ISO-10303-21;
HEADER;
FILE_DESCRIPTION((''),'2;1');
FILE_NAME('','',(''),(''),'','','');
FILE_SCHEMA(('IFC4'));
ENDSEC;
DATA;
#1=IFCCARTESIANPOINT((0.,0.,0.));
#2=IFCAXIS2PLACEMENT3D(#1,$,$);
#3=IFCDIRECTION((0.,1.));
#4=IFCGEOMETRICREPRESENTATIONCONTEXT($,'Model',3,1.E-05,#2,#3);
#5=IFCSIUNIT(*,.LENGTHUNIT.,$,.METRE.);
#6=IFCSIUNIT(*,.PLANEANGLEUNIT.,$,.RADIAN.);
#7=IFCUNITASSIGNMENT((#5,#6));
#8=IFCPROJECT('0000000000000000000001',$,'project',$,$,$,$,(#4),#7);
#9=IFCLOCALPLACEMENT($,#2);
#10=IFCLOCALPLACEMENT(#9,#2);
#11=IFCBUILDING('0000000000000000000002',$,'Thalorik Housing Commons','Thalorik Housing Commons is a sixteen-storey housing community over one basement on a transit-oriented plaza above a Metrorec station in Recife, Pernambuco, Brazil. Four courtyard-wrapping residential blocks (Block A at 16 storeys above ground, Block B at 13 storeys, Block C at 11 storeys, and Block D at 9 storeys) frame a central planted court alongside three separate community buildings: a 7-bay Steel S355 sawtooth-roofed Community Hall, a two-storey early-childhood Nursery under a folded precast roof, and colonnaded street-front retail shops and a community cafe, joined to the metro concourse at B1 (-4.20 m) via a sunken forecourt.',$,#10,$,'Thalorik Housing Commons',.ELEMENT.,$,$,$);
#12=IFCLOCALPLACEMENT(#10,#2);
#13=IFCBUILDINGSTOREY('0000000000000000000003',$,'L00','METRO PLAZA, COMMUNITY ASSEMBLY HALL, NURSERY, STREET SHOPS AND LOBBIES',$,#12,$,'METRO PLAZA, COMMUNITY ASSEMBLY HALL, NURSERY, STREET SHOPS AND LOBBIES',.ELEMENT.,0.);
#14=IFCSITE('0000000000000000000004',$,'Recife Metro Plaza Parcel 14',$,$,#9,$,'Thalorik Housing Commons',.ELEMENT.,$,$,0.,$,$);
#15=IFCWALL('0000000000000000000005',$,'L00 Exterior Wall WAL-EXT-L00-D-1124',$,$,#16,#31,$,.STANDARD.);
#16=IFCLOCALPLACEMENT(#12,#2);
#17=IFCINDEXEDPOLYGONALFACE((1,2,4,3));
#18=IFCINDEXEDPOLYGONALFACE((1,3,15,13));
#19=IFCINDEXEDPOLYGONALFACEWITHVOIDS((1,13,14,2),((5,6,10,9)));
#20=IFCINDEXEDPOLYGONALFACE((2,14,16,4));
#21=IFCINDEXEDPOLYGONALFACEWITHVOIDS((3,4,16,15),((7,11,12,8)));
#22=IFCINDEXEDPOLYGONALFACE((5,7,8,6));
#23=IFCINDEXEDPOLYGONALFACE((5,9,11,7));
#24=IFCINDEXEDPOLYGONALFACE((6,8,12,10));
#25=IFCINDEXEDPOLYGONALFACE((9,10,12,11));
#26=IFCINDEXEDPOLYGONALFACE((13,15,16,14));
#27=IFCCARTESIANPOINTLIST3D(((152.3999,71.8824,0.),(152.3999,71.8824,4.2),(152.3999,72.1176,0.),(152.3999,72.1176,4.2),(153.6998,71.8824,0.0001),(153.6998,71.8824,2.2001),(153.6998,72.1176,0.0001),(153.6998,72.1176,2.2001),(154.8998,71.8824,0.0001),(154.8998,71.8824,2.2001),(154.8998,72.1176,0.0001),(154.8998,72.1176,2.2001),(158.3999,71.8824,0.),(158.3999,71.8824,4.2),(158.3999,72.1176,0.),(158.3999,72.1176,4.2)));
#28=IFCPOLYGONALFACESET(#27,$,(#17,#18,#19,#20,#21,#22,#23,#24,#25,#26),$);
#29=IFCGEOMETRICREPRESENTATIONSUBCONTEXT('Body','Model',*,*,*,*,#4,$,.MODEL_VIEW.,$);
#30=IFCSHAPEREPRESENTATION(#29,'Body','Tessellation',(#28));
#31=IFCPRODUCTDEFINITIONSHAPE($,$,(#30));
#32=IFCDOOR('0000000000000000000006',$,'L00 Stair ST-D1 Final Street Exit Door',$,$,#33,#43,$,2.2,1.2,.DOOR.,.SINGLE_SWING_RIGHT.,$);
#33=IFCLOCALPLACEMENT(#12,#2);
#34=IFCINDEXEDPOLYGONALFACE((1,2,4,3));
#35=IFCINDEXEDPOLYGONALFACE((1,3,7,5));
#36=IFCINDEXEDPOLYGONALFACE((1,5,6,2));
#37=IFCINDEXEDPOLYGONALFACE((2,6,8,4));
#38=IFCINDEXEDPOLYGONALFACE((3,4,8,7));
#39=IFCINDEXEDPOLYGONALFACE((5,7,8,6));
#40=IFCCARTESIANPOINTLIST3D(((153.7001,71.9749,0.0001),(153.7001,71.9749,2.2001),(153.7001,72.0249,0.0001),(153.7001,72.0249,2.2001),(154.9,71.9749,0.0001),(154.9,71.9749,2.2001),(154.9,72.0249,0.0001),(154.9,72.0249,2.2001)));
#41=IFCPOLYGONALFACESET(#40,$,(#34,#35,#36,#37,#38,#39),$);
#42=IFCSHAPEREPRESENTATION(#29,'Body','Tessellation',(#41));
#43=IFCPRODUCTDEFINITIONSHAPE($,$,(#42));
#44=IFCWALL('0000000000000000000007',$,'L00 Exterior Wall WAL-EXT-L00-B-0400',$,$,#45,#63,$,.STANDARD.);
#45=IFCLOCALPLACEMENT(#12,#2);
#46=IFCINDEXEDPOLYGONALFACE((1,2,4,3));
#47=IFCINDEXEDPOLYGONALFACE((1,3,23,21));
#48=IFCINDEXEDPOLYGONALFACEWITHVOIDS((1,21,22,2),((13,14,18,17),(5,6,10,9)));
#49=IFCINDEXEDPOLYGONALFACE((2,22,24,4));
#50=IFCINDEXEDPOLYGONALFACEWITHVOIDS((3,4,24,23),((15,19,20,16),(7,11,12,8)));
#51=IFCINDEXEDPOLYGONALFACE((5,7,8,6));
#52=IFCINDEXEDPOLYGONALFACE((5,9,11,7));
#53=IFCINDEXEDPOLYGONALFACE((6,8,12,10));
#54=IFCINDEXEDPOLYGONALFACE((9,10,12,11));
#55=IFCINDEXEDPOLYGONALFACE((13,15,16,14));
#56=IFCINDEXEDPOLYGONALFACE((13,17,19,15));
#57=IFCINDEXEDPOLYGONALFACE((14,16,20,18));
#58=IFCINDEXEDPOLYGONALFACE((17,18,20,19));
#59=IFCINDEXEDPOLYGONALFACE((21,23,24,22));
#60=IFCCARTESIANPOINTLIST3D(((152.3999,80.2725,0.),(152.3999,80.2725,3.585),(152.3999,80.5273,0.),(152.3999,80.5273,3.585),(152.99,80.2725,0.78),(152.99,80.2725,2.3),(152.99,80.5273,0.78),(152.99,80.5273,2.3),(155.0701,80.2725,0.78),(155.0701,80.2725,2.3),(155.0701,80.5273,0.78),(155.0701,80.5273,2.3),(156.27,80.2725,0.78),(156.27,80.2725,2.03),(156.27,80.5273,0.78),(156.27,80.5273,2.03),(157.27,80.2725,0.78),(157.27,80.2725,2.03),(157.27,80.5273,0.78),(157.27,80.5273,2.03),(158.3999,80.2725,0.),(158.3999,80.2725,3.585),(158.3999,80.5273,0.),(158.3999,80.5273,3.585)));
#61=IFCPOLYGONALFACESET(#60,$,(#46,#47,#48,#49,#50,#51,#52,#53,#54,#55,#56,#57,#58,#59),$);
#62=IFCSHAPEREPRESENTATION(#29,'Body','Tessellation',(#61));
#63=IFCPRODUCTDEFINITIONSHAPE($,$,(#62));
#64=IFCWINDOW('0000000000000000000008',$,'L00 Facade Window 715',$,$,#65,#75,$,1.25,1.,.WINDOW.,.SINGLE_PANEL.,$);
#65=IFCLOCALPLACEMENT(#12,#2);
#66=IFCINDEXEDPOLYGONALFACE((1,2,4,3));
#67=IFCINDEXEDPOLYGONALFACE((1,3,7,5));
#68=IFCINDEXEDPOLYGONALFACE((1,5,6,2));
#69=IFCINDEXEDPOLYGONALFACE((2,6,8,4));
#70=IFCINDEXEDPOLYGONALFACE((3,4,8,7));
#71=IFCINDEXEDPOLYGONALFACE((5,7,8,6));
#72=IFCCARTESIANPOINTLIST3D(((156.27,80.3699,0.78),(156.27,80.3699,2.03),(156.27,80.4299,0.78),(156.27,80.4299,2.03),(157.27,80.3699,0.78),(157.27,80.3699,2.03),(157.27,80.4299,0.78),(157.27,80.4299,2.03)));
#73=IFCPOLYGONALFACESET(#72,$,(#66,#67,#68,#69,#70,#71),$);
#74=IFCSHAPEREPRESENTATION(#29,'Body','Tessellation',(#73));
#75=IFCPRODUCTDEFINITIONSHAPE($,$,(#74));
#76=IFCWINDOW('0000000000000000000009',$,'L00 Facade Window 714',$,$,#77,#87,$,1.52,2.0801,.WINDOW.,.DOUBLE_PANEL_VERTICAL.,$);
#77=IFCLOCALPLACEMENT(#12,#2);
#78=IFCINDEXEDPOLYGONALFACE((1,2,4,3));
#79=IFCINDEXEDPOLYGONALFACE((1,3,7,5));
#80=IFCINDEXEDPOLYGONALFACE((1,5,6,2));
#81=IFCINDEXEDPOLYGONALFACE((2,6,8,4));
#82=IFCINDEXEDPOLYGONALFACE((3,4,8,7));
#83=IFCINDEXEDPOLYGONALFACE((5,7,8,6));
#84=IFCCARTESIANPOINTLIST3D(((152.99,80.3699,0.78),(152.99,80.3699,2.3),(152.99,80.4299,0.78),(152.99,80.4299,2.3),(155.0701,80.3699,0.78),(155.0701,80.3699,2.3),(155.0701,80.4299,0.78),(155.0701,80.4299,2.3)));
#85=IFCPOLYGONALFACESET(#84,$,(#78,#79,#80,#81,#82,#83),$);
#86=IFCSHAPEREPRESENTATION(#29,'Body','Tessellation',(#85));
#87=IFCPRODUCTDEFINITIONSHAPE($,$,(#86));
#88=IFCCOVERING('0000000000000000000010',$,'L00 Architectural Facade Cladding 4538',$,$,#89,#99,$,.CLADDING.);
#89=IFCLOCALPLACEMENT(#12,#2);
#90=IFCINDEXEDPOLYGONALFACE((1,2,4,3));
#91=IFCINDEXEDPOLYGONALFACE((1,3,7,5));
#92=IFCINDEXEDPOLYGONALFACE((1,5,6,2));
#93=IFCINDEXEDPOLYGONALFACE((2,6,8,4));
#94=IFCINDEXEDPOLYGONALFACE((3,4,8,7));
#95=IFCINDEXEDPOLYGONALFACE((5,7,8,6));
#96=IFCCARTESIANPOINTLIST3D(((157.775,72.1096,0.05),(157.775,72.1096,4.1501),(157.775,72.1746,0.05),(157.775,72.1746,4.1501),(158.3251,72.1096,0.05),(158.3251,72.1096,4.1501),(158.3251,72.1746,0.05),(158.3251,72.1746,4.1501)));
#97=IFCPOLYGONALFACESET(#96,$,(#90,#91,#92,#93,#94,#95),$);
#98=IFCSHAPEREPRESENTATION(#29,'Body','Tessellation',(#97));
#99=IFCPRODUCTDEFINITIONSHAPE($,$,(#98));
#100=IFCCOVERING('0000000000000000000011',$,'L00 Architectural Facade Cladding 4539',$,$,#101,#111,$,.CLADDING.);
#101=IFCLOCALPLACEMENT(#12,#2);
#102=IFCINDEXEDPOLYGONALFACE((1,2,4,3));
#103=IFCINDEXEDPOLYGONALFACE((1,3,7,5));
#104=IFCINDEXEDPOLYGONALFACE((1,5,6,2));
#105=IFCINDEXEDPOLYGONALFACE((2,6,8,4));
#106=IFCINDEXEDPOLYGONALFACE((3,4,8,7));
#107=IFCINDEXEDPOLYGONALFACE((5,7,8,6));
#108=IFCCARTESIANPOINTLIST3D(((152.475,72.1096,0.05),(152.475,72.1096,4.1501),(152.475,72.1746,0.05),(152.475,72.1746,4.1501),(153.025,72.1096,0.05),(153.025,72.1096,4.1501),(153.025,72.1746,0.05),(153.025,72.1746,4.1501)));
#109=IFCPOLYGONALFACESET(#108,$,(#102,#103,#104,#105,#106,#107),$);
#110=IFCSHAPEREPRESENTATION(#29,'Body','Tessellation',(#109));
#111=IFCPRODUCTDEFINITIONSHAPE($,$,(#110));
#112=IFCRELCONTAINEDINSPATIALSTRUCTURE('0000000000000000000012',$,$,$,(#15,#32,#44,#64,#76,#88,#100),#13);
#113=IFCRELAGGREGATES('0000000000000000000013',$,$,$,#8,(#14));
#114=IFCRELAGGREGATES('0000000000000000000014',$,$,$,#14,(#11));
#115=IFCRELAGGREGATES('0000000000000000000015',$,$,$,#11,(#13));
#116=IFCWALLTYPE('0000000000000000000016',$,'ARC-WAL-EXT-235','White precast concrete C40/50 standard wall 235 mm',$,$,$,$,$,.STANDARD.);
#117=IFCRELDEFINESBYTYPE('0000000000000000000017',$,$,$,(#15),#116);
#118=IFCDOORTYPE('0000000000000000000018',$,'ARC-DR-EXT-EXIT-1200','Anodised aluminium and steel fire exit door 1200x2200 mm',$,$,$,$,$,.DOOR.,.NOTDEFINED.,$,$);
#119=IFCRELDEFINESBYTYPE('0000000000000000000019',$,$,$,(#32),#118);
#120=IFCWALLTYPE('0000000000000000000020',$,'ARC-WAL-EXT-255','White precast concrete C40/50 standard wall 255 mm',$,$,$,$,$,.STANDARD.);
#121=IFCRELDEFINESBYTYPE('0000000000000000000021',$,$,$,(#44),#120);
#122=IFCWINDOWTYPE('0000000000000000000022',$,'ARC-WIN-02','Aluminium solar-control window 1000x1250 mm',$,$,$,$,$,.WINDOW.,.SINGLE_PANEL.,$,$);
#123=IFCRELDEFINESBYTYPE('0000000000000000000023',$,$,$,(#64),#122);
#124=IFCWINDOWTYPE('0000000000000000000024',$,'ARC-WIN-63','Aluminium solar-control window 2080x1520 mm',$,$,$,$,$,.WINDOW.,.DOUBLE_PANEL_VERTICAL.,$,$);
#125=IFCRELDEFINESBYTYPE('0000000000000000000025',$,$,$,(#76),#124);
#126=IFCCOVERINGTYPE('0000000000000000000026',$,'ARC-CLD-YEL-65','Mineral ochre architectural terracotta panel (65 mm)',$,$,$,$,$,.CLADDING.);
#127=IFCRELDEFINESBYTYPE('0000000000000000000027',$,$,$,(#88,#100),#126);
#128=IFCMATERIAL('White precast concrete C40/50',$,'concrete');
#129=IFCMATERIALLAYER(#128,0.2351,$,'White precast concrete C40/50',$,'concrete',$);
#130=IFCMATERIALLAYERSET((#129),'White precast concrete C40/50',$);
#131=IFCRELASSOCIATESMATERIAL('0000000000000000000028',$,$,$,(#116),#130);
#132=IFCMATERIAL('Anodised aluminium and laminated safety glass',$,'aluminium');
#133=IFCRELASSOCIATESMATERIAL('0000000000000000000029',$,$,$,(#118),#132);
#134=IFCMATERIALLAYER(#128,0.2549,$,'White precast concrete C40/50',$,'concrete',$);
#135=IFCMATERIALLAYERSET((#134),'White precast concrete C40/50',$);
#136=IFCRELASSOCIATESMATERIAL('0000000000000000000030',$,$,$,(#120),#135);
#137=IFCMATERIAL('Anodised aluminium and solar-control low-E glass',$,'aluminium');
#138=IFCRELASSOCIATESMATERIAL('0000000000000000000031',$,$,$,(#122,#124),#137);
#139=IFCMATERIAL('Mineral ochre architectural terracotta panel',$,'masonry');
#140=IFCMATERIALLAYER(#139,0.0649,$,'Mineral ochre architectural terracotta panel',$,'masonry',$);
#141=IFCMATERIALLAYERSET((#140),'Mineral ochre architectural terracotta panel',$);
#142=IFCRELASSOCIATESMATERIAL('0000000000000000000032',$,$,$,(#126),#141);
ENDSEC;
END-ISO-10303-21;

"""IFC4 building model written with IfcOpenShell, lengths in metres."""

from ifc_helpers import new_model, si_unit, direction, frame, frame_2d, origin, origin_2d, place, context, subcontext, project, spatial, rectangle, extrude, material, layer, layer_set, type_object, element, fill, save


model = new_model("IFC4")

# Units and contexts
model_context = context("Model", 3, precision=1e-05, world=origin(), true_north=direction((0.0, 1.0)))
body_context = subcontext(model_context, "Body", "Model", "MODEL_VIEW")
ifc_project = project(units=[si_unit("LENGTHUNIT", "METRE"), si_unit("PLANEANGLEUNIT", "RADIAN")], contexts=[model_context])

# Site, building, storey
site_placement = place(None, origin())
site = spatial("IfcSite", under=ifc_project, at=site_placement, Name="Recife Metro Plaza Parcel 14", LongName="Thalorik Housing Commons", CompositionType="ELEMENT", RefElevation=0.0)
building_placement = place(site_placement, origin())
building = spatial("IfcBuilding", under=site, at=building_placement, Name="Thalorik Housing Commons", Description="Thalorik Housing Commons is a sixteen-storey housing community over one basement on a transit-oriented plaza above a Metrorec station in Recife, Pernambuco, Brazil. Four courtyard-wrapping residential blocks (Block A at 16 storeys above ground, Block B at 13 storeys, Block C at 11 storeys, and Block D at 9 storeys) frame a central planted court alongside three separate community buildings: a 7-bay Steel S355 sawtooth-roofed Community Hall, a two-storey early-childhood Nursery under a folded precast roof, and colonnaded street-front retail shops and a community cafe, joined to the metro concourse at B1 (-4.20 m) via a sunken forecourt.", LongName="Thalorik Housing Commons", CompositionType="ELEMENT")
storey_placement = place(building_placement, origin())
storey = spatial("IfcBuildingStorey", under=building, at=storey_placement, Name="L00", Description="METRO PLAZA, COMMUNITY ASSEMBLY HALL, NURSERY, STREET SHOPS AND LOBBIES", LongName="METRO PLAZA, COMMUNITY ASSEMBLY HALL, NURSERY, STREET SHOPS AND LOBBIES", CompositionType="ELEMENT", Elevation=0.0)

# Shared definitions
ifc_material_1 = material(Name="White precast concrete C40/50", Category="concrete")
ifc_layer_1 = layer(ifc_material_1, 0.2351, Name="White precast concrete C40/50", Category="concrete")
ifc_layer_set_1 = layer_set([ifc_layer_1], Name="White precast concrete C40/50")
wall_type_1 = type_object("IfcWallType", Name="ARC-WAL-EXT-235", Description="White precast concrete C40/50 standard wall 235 mm", PredefinedType="STANDARD", material=ifc_layer_set_1)
ifc_material_2 = material(Name="Anodised aluminium and solar-control low-E glass", Category="aluminium")

# Wall, opening, door
wall_1_placement = place(storey_placement, frame((158.3999, 72.0, 0.0), z_axis=(0.0, 0.0, 1.0), x_axis=(-1.0, 0.0, 0.0)))
wall_1 = element("IfcWall", 1, at=wall_1_placement, inside=storey, type_object=wall_type_1, Name="L00 Exterior Wall WAL-EXT-L00-D-1124", PredefinedType="STANDARD", context=body_context, shape_type="SweptSolid", body=[
    extrude(rectangle(XDim=6.0, YDim=0.2351, at=frame_2d((3.0, 0.0))), origin(), (0.0, 0.0, 1.0), 4.2),
])
opening_1_placement = place(wall_1_placement, frame((3.5, 0.0, 0.0)))
opening_1 = element("IfcOpeningElement", 2, at=opening_1_placement, cuts=wall_1, PredefinedType="OPENING", context=body_context, shape_type="SweptSolid", body=[
    extrude(rectangle(XDim=1.2, YDim=2.2, at=frame_2d((0.6001, 1.1001))), frame((0.0, 0.1274, 0.0), z_axis=(0.0, -1.0, 0.0), x_axis=(1.0, 0.0, 0.0)), (0.0, 0.0, 1.0), 0.2551),
])
ifc_material_3 = material(Name="Anodised aluminium and laminated safety glass", Category="aluminium")
door_type = type_object("IfcDoorType", Name="ARC-DR-EXT-EXIT-1200", Description="Anodised aluminium and steel fire exit door 1200x2200 mm", OperationType="NOTDEFINED", PredefinedType="DOOR", material=ifc_material_3)
door_placement = place(opening_1_placement, frame((1.2, 0.0, 0.0), z_axis=(0.0, 0.0, 1.0), x_axis=(-1.0, 0.0, 0.0)))
door = element("IfcDoor", 3, at=door_placement, inside=storey, type_object=door_type, Name="L00 Stair ST-D1 Final Street Exit Door", OperationType="SINGLE_SWING_RIGHT", OverallHeight=2.2, OverallWidth=1.2, PredefinedType="DOOR", context=body_context, shape_type="SweptSolid", body=[
    extrude(rectangle(XDim=1.2, YDim=2.2, at=frame_2d((0.6001, 1.1001))), frame((0.0, 0.0249, 0.0), z_axis=(0.0, -1.0, 0.0), x_axis=(1.0, 0.0, 0.0)), (0.0, 0.0, 1.0), 0.05),
])
fill(opening_1, door)

# Wall, openings, windows
ifc_layer_2 = layer(ifc_material_1, 0.2549, Name="White precast concrete C40/50", Category="concrete")
ifc_layer_set_2 = layer_set([ifc_layer_2], Name="White precast concrete C40/50")
wall_type_2 = type_object("IfcWallType", Name="ARC-WAL-EXT-255", Description="White precast concrete C40/50 standard wall 255 mm", PredefinedType="STANDARD", material=ifc_layer_set_2)
wall_2_placement = place(storey_placement, frame((152.3999, 80.3999, 0.0), z_axis=(0.0, 0.0, 1.0), x_axis=(1.0, 0.0, 0.0)))
wall_2 = element("IfcWall", 4, at=wall_2_placement, inside=storey, type_object=wall_type_2, Name="L00 Exterior Wall WAL-EXT-L00-B-0400", PredefinedType="STANDARD", context=body_context, shape_type="SweptSolid", body=[
    extrude(rectangle(XDim=6.0, YDim=0.2549, at=frame_2d((3.0, 0.0))), origin(), (0.0, 0.0, 1.0), 3.585),
])
opening_2_placement = place(wall_2_placement, frame((0.5901, 0.0, 0.78)))
opening_2 = element("IfcOpeningElement", 5, at=opening_2_placement, cuts=wall_2, PredefinedType="OPENING", context=body_context, shape_type="SweptSolid", body=[
    extrude(rectangle(XDim=2.0801, YDim=1.52, at=frame_2d((1.04, 0.76))), frame((0.0, 0.1375, 0.0), z_axis=(0.0, -1.0, 0.0), x_axis=(1.0, 0.0, 0.0)), (0.0, 0.0, 1.0), 0.2749),
])
opening_3_placement = place(wall_2_placement, frame((3.8701, 0.0, 0.78)))
opening_3 = element("IfcOpeningElement", 6, at=opening_3_placement, cuts=wall_2, PredefinedType="OPENING", context=body_context, shape_type="SweptSolid", body=[
    extrude(rectangle(XDim=1.0, YDim=1.25, at=frame_2d((0.5, 0.625))), frame((0.0, 0.1375, 0.0), z_axis=(0.0, -1.0, 0.0), x_axis=(1.0, 0.0, 0.0)), (0.0, 0.0, 1.0), 0.2749),
])
window_type_1 = type_object("IfcWindowType", Name="ARC-WIN-02", Description="Aluminium solar-control window 1000x1250 mm", PartitioningType="SINGLE_PANEL", PredefinedType="WINDOW", material=ifc_material_2)
window_1_placement = place(opening_3_placement, origin())
window_1 = element("IfcWindow", 7, at=window_1_placement, inside=storey, type_object=window_type_1, Name="L00 Facade Window 715", OverallHeight=1.25, OverallWidth=1.0, PartitioningType="SINGLE_PANEL", PredefinedType="WINDOW", context=body_context, shape_type="SweptSolid", body=[
    extrude(rectangle(XDim=1.0, YDim=1.25, at=frame_2d((0.5, 0.625))), frame((0.0, 0.03, 0.0), z_axis=(0.0, -1.0, 0.0), x_axis=(1.0, 0.0, 0.0)), (0.0, 0.0, 1.0), 0.0601),
])
fill(opening_3, window_1)
window_type_2 = type_object("IfcWindowType", Name="ARC-WIN-63", Description="Aluminium solar-control window 2080x1520 mm", PartitioningType="DOUBLE_PANEL_VERTICAL", PredefinedType="WINDOW", material=ifc_material_2)
window_2_placement = place(opening_2_placement, origin())
window_2 = element("IfcWindow", 8, at=window_2_placement, inside=storey, type_object=window_type_2, Name="L00 Facade Window 714", OverallHeight=1.52, OverallWidth=2.0801, PartitioningType="DOUBLE_PANEL_VERTICAL", PredefinedType="WINDOW", context=body_context, shape_type="SweptSolid", body=[
    extrude(rectangle(XDim=2.0801, YDim=1.52, at=frame_2d((1.04, 0.76))), frame((0.0, 0.03, 0.0), z_axis=(0.0, -1.0, 0.0), x_axis=(1.0, 0.0, 0.0)), (0.0, 0.0, 1.0), 0.0601),
])
fill(opening_2, window_2)

# Coverings
ifc_material_4 = material(Name="Mineral ochre architectural terracotta panel", Category="masonry")
ifc_layer_3 = layer(ifc_material_4, 0.0649, Name="Mineral ochre architectural terracotta panel", Category="masonry")
ifc_layer_set_3 = layer_set([ifc_layer_3], Name="Mineral ochre architectural terracotta panel")
covering_type = type_object("IfcCoveringType", Name="ARC-CLD-YEL-65", Description="Mineral ochre architectural terracotta panel (65 mm)", PredefinedType="CLADDING", material=ifc_layer_set_3)
for number, where, z_axis, x_axis, name in (
    (9, (158.05, 72.1421, 0.05), (0.0, 0.0, 1.0), (-1.0, 0.0, 0.0), "L00 Architectural Facade Cladding 4538"),
    (10, (152.75, 72.1421, 0.05), (0.0, 0.0, 1.0), (-1.0, 0.0, 0.0), "L00 Architectural Facade Cladding 4539"),
):
    element("IfcCovering", number, at=place(storey_placement, frame(where, z_axis=z_axis, x_axis=x_axis)), inside=storey, type_object=covering_type, Name=name, PredefinedType="CLADDING", context=body_context, shape_type="SweptSolid", body=[
        extrude(rectangle(XDim=0.55, YDim=0.0649, at=origin_2d()), origin(), (0.0, 0.0, 1.0), 4.1001),
    ])

save(model, "model.ifc")
